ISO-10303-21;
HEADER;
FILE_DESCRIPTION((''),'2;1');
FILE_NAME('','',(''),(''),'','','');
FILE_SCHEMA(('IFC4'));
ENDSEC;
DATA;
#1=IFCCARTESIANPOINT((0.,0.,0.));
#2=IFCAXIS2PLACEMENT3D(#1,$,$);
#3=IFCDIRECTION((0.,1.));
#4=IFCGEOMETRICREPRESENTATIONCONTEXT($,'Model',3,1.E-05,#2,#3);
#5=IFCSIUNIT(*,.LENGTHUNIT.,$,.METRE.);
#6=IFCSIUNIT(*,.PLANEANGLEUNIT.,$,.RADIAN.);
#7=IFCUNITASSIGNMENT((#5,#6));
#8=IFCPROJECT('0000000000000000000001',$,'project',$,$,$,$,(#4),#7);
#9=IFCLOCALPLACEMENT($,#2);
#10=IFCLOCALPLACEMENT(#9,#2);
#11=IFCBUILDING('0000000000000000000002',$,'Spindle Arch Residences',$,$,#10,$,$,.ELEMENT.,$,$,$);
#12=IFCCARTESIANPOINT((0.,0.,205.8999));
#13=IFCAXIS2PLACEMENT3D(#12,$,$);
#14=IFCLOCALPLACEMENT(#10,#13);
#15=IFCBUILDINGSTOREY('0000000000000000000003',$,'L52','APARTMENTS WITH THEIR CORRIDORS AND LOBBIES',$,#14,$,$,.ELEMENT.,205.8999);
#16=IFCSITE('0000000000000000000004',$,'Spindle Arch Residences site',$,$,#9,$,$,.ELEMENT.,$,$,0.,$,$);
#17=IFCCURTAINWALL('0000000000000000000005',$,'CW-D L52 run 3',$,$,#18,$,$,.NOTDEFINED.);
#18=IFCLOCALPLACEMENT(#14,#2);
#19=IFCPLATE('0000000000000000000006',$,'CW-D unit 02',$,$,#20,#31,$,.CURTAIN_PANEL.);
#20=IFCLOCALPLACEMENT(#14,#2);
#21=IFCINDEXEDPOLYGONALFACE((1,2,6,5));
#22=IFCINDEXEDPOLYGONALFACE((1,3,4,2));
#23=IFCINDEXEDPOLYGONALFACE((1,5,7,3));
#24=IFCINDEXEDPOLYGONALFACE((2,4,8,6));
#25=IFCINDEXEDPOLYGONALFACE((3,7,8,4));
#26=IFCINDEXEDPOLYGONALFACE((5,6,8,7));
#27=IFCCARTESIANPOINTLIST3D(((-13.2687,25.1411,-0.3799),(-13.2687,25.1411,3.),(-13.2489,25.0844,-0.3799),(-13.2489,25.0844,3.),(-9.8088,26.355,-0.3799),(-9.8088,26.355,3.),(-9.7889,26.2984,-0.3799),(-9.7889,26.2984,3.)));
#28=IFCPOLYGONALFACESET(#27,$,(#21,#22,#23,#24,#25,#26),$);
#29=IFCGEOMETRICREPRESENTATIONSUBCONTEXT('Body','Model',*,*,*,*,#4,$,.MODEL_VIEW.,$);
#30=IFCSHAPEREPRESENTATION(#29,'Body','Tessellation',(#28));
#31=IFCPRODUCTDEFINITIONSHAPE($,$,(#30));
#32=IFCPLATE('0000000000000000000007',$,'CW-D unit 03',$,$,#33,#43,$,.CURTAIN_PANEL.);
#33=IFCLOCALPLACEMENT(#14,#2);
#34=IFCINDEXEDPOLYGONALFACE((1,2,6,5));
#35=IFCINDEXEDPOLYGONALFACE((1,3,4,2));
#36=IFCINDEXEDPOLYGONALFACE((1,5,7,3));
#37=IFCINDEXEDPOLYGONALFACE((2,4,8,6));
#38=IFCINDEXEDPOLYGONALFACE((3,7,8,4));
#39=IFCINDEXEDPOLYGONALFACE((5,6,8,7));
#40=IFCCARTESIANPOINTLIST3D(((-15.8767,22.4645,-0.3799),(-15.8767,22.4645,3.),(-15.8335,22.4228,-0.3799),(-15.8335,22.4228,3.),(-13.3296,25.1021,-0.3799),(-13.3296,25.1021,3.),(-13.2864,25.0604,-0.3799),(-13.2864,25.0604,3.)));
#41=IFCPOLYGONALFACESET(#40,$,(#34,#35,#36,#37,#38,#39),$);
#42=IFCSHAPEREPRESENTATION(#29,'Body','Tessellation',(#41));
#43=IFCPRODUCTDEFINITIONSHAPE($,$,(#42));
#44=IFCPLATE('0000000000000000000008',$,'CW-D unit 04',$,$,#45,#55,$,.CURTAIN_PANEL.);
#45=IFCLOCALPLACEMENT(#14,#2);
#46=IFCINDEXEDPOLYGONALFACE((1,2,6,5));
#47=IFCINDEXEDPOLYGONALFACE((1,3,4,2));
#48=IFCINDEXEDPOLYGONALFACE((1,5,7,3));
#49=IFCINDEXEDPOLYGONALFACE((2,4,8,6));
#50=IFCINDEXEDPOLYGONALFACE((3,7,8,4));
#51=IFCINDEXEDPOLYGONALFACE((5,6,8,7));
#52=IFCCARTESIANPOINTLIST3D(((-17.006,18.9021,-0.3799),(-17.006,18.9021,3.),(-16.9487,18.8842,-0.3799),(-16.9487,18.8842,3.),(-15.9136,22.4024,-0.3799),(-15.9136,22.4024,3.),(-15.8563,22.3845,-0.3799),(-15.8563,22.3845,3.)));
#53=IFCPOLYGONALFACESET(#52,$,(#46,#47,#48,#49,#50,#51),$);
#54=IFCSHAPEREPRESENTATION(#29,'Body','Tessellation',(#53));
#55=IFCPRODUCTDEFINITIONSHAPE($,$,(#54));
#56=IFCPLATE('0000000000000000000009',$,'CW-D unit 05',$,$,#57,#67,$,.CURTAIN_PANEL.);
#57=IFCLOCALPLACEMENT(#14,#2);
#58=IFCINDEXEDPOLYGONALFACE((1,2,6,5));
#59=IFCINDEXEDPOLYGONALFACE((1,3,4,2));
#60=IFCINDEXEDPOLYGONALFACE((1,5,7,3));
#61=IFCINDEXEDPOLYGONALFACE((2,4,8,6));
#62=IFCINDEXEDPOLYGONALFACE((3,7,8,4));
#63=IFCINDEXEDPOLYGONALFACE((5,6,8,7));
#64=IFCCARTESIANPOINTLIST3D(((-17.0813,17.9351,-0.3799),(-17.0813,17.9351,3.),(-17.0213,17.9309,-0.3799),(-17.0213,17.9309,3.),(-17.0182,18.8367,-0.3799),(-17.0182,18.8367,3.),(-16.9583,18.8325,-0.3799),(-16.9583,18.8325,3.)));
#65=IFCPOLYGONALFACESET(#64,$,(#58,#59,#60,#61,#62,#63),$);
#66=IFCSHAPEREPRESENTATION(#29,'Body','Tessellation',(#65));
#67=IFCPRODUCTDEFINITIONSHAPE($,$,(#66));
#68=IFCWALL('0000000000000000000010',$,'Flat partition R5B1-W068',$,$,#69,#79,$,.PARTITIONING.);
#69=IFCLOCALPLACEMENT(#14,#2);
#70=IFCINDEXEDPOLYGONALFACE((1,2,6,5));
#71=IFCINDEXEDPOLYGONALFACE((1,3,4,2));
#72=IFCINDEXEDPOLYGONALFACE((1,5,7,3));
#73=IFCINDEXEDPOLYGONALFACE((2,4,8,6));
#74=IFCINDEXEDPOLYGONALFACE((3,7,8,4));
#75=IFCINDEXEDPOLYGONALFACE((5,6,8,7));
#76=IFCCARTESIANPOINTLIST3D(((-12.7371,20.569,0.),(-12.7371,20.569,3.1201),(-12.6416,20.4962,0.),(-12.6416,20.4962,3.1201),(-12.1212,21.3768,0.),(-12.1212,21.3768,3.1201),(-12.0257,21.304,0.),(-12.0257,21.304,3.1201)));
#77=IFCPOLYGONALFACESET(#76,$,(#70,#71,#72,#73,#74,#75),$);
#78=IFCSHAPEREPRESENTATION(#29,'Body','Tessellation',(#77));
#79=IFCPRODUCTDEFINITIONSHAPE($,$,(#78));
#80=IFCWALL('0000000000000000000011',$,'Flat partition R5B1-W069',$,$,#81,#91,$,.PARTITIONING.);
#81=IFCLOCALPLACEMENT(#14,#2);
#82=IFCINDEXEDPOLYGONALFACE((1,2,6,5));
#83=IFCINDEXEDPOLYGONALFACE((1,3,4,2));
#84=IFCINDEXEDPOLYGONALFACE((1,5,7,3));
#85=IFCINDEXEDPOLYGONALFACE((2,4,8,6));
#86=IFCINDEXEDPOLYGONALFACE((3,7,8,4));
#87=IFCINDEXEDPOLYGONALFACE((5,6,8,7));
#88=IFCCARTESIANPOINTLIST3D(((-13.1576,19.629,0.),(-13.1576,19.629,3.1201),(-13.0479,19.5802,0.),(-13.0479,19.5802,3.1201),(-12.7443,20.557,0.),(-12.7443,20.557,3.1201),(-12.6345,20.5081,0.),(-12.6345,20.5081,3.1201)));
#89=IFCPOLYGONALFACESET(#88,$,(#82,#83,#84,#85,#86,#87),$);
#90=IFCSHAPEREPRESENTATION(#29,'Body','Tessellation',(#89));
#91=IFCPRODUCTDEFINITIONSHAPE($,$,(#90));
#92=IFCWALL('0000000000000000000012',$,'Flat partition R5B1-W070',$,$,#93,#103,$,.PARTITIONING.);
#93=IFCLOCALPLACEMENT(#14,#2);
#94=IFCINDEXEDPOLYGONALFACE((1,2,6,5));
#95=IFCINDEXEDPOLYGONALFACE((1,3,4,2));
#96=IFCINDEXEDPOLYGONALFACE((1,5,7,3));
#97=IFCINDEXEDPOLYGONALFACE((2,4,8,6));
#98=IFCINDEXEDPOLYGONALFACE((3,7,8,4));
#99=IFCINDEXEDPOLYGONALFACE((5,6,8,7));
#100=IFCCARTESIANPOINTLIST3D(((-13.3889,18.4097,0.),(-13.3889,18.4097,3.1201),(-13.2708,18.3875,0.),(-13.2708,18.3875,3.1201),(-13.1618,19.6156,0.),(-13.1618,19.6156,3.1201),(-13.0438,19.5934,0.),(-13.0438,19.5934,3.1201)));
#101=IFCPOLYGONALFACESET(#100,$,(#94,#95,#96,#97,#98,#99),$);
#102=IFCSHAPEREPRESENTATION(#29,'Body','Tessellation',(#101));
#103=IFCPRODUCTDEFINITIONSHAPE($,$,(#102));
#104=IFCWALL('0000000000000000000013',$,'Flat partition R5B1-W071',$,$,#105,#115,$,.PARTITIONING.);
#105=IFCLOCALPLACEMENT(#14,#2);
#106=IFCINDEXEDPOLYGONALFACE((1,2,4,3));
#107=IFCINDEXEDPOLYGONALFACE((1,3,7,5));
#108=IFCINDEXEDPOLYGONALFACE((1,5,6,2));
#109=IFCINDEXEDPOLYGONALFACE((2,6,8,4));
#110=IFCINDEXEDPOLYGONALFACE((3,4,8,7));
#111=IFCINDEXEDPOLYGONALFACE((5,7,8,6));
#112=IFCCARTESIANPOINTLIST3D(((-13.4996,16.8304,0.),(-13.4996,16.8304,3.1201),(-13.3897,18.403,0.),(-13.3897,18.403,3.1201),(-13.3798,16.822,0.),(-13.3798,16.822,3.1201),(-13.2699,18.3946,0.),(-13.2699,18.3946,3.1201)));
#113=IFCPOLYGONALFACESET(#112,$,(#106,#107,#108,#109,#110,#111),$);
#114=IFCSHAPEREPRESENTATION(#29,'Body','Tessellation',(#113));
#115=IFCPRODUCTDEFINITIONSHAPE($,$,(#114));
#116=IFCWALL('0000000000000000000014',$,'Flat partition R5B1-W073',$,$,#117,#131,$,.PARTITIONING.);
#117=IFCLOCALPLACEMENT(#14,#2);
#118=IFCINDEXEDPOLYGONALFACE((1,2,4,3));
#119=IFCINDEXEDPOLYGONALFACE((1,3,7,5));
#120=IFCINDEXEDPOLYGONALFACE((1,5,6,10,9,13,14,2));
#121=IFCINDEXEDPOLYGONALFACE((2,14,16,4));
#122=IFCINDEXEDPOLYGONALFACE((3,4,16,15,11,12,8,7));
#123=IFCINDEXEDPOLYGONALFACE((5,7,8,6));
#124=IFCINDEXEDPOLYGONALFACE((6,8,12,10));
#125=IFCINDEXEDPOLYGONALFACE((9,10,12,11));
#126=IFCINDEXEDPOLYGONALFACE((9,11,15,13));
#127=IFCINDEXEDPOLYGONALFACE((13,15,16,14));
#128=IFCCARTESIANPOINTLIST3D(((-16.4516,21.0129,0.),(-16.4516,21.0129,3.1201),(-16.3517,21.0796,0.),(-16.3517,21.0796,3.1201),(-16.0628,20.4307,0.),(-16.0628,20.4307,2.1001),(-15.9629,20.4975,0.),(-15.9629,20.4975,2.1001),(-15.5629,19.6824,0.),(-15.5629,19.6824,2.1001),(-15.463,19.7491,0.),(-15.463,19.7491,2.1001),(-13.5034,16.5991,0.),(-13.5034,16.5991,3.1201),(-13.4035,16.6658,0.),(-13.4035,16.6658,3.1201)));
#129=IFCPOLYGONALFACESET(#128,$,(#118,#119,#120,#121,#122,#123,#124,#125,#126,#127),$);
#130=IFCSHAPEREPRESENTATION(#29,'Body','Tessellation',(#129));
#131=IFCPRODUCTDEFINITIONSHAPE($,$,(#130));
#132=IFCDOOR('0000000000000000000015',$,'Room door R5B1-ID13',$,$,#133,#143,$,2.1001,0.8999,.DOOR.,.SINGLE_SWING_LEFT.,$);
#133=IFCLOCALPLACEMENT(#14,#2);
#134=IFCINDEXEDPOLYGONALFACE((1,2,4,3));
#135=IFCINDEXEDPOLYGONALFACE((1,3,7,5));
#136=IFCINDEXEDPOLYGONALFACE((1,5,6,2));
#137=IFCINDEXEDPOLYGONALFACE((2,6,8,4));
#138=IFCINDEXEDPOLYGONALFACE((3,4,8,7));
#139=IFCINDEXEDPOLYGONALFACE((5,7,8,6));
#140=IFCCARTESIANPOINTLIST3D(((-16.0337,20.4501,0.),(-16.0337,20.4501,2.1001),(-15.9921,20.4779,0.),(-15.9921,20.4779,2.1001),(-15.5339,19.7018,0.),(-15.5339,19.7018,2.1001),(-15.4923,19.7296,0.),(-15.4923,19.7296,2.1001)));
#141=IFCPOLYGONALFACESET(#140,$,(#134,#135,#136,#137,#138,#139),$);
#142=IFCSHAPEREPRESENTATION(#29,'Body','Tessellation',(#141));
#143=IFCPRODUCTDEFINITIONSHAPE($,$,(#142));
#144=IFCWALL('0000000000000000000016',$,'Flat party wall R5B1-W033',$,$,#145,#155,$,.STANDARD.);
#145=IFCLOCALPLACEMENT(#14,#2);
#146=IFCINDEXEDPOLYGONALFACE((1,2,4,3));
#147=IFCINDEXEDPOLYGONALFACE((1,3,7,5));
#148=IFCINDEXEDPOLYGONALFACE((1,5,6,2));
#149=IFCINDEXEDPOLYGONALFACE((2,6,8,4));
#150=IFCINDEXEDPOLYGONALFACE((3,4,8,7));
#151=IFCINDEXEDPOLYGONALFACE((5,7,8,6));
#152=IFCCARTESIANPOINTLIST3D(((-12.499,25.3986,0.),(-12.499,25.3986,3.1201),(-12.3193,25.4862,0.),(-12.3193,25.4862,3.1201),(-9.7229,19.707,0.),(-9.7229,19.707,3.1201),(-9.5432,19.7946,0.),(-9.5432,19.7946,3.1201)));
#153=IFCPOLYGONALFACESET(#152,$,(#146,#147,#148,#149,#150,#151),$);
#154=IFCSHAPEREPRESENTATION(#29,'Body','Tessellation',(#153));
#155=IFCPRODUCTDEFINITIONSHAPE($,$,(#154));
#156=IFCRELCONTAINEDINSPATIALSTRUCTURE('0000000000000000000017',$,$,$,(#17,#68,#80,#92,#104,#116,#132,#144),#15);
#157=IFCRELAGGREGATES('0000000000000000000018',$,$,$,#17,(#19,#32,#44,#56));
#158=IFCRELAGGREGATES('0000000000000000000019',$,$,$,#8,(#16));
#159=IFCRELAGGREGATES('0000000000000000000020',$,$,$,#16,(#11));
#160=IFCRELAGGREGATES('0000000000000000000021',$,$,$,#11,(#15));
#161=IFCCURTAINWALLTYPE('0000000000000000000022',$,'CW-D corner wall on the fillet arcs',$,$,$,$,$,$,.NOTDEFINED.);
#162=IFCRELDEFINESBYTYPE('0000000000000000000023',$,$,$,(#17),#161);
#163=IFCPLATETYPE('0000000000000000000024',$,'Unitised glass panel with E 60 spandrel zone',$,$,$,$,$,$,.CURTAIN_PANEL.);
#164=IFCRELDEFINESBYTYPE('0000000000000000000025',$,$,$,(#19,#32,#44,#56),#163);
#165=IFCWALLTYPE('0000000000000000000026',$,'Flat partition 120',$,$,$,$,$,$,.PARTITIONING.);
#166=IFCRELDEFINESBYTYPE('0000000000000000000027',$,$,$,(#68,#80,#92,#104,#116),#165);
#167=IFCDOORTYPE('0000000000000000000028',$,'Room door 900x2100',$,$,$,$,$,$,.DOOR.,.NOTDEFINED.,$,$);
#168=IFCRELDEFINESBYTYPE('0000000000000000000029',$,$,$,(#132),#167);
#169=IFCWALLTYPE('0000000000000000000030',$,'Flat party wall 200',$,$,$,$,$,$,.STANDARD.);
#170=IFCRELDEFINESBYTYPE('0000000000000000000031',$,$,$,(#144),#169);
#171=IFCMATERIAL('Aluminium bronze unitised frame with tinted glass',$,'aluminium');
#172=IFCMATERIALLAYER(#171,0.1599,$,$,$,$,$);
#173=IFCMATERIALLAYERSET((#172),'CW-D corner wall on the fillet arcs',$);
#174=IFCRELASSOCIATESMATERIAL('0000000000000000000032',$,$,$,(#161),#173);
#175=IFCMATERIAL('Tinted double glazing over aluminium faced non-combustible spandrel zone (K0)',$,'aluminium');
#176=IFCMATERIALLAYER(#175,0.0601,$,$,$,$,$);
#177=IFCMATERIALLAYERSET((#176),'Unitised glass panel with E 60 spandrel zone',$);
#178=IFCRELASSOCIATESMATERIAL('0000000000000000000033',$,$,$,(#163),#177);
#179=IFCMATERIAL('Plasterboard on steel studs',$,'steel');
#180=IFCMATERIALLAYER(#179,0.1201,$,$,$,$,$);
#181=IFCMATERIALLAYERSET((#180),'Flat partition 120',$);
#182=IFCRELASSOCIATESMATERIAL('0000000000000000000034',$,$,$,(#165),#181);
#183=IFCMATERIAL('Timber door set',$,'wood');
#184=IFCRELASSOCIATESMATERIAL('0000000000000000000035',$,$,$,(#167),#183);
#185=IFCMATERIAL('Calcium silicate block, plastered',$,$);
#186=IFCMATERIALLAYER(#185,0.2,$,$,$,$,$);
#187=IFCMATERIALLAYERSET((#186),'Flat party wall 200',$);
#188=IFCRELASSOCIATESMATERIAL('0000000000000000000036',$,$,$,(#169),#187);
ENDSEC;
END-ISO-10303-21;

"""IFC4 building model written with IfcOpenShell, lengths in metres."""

from ifc_helpers import new_model, si_unit, direction, frame, frame_2d, origin, origin_2d, place, context, subcontext, project, spatial, rectangle, extrude, material, layer, layer_set, type_object, element, fill, aggregate, save


model = new_model("IFC4")

# Units and contexts
model_context = context("Model", 3, precision=1e-05, world=origin(), true_north=direction((0.0, 1.0)))
body_context = subcontext(model_context, "Body", "Model", "MODEL_VIEW")
ifc_project = project(units=[si_unit("LENGTHUNIT", "METRE"), si_unit("PLANEANGLEUNIT", "RADIAN")], contexts=[model_context])

# Site, building, storey
site_placement = place(None, origin())
site = spatial("IfcSite", under=ifc_project, at=site_placement, Name="Spindle Arch Residences site", CompositionType="ELEMENT", RefElevation=0.0)
building_placement = place(site_placement, origin())
building = spatial("IfcBuilding", under=site, at=building_placement, Name="Spindle Arch Residences", CompositionType="ELEMENT")
storey_placement = place(building_placement, frame((0.0, 0.0, 205.8999)))
storey = spatial("IfcBuildingStorey", under=building, at=storey_placement, Name="L52", Description="APARTMENTS WITH THEIR CORRIDORS AND LOBBIES", CompositionType="ELEMENT", Elevation=205.8999)

# Curtain wall
ifc_material_1 = material(Name="Aluminium bronze unitised frame with tinted glass", Category="aluminium")
ifc_layer_1 = layer(ifc_material_1, 0.1599)
ifc_layer_set_1 = layer_set([ifc_layer_1], Name="CW-D corner wall on the fillet arcs")
curtain_wall_type_1 = type_object("IfcCurtainWallType", Name="CW-D corner wall on the fillet arcs", PredefinedType="NOTDEFINED", material=ifc_layer_set_1)
curtain_wall_1_placement = place(storey_placement, origin())
curtain_wall_1 = element("IfcCurtainWall", 1, at=curtain_wall_1_placement, inside=storey, type_object=curtain_wall_type_1, Name="CW-D L52 run 3", PredefinedType="NOTDEFINED")

# Plates
ifc_material_2 = material(Name="Tinted double glazing over aluminium faced non-combustible spandrel zone (K0)", Category="aluminium")
ifc_layer_2 = layer(ifc_material_2, 0.0601)
ifc_layer_set_2 = layer_set([ifc_layer_2], Name="Unitised glass panel with E 60 spandrel zone")
plate_type = type_object("IfcPlateType", Name="Unitised glass panel with E 60 spandrel zone", PredefinedType="CURTAIN_PANEL", material=ifc_layer_set_2)
plate_1_placement = place(storey_placement, frame((-11.5288, 25.7197, -0.3799), z_axis=(0.0, 0.0, 1.0), x_axis=(-0.943609, -0.331063, 0.0)))
plate_1 = element("IfcPlate", 2, at=plate_1_placement, type_object=plate_type, Name="CW-D unit 02", PredefinedType="CURTAIN_PANEL", context=body_context, shape_type="SweptSolid", body=[
    extrude(rectangle(XDim=3.6667, YDim=0.0601, at=origin_2d()), origin(), (0.0, 0.0, 1.0), 3.3799),
])
plate_2_placement = place(storey_placement, frame((-14.5815, 23.7625, -0.3799), z_axis=(0.0, 0.0, 1.0), x_axis=(-0.694658, -0.71934, 0.0)))
plate_2 = element("IfcPlate", 3, at=plate_2_placement, type_object=plate_type, Name="CW-D unit 03", PredefinedType="CURTAIN_PANEL", context=body_context, shape_type="SweptSolid", body=[
    extrude(rectangle(XDim=3.6667, YDim=0.0601, at=origin_2d()), origin(), (0.0, 0.0, 1.0), 3.3799),
])
plate_3_placement = place(storey_placement, frame((-16.4312, 20.6433, -0.3799), z_axis=(0.0, 0.0, 1.0), x_axis=(-0.29793, -0.954588, 0.0)))
plate_3 = element("IfcPlate", 4, at=plate_3_placement, type_object=plate_type, Name="CW-D unit 04", PredefinedType="CURTAIN_PANEL", context=body_context, shape_type="SweptSolid", body=[
    extrude(rectangle(XDim=3.6667, YDim=0.0601, at=origin_2d()), origin(), (0.0, 0.0, 1.0), 3.3799),
])
plate_4_placement = place(storey_placement, frame((-17.0198, 18.3838, -0.3799), z_axis=(0.0, 0.0, 1.0), x_axis=(-0.069756, -0.997564, 0.0)))
plate_4 = element("IfcPlate", 5, at=plate_4_placement, type_object=plate_type, Name="CW-D unit 05", PredefinedType="CURTAIN_PANEL", context=body_context, shape_type="SweptSolid", body=[
    extrude(rectangle(XDim=0.9038, YDim=0.0601, at=origin_2d()), origin(), (0.0, 0.0, 1.0), 3.3799),
])
aggregate(curtain_wall_1, [plate_1, plate_2, plate_3, plate_4])

# Walls
ifc_material_3 = material(Name="Plasterboard on steel studs", Category="steel")
ifc_layer_3 = layer(ifc_material_3, 0.1201)
ifc_layer_set_3 = layer_set([ifc_layer_3], Name="Flat partition 120")
wall_type_1 = type_object("IfcWallType", Name="Flat partition 120", PredefinedType="PARTITIONING", material=ifc_layer_set_3)
for number, where, z_axis, x_axis, name in (
    (6, (-12.0735, 21.3403, 0.0), (0.0, 0.0, 1.0), (-0.606326, -0.795217, 0.0), "Flat partition R5B1-W068"),
    (7, (-12.6895, 20.5325, 0.0), (0.0, 0.0, 1.0), (-0.406874, -0.913484, 0.0), "Flat partition R5B1-W069"),
):
    element("IfcWall", number, at=place(storey_placement, frame(where, z_axis=z_axis, x_axis=x_axis)), inside=storey, type_object=wall_type_1, Name=name, PredefinedType="PARTITIONING", context=body_context, shape_type="SweptSolid", body=[
        extrude(rectangle(XDim=1.0159, YDim=0.1201, at=frame_2d((0.5078, 0.0))), origin(), (0.0, 0.0, 1.0), 3.1201),
    ])
wall_1_placement = place(storey_placement, frame((-13.1028, 19.6045, 0.0), z_axis=(0.0, 0.0, 1.0), x_axis=(-0.185045, -0.98273, 0.0)))
element("IfcWall", 8, at=wall_1_placement, inside=storey, type_object=wall_type_1, Name="Flat partition R5B1-W070", PredefinedType="PARTITIONING", context=body_context, shape_type="SweptSolid", body=[
    extrude(rectangle(XDim=1.2271, YDim=0.1201, at=frame_2d((0.6135, 0.0))), origin(), (0.0, 0.0, 1.0), 3.1201),
])
wall_2_placement = place(storey_placement, frame((-13.3298, 18.3987, 0.0), z_axis=(0.0, 0.0, 1.0), x_axis=(-0.069695, -0.997568, 0.0)))
element("IfcWall", 9, at=wall_2_placement, inside=storey, type_object=wall_type_1, Name="Flat partition R5B1-W071", PredefinedType="PARTITIONING", context=body_context, shape_type="SweptSolid", body=[
    extrude(rectangle(XDim=1.5764, YDim=0.1201, at=frame_2d((0.7881, 0.0))), origin(), (0.0, 0.0, 1.0), 3.1201),
])

# Wall, opening, door
wall_3_placement = place(storey_placement, frame((-16.4016, 21.0461, 0.0), z_axis=(0.0, 0.0, 1.0), x_axis=(0.555443, -0.831555, 0.0)))
wall_3 = element("IfcWall", 10, at=wall_3_placement, inside=storey, type_object=wall_type_1, Name="Flat partition R5B1-W073", PredefinedType="PARTITIONING", context=body_context, shape_type="SweptSolid", body=[
    extrude(rectangle(XDim=5.3079, YDim=0.1201, at=frame_2d((2.6538, 0.0))), origin(), (0.0, 0.0, 1.0), 3.1201),
])
opening_placement = place(wall_3_placement, frame((0.7, 0.0, 0.0)))
opening = element("IfcOpeningElement", 11, at=opening_placement, cuts=wall_3, PredefinedType="OPENING", context=body_context, shape_type="SweptSolid", body=[
    extrude(rectangle(XDim=0.8999, YDim=2.1001, at=frame_2d((0.45, 1.05))), frame((0.0, 0.0701, 0.0), z_axis=(0.0, -1.0, 0.0), x_axis=(1.0, 0.0, 0.0)), (0.0, 0.0, 1.0), 0.1401),
])
ifc_material_4 = material(Name="Timber door set", Category="wood")
door_type = type_object("IfcDoorType", Name="Room door 900x2100", OperationType="NOTDEFINED", PredefinedType="DOOR", material=ifc_material_4)
door_placement = place(opening_placement, origin())
door = element("IfcDoor", 12, at=door_placement, inside=storey, type_object=door_type, Name="Room door R5B1-ID13", OperationType="SINGLE_SWING_LEFT", OverallHeight=2.1001, OverallWidth=0.8999, PredefinedType="DOOR", context=body_context, shape_type="SweptSolid", body=[
    extrude(rectangle(XDim=0.8999, YDim=2.1001, at=frame_2d((0.45, 1.05))), frame((0.0, 0.0249, 0.0), z_axis=(0.0, -1.0, 0.0), x_axis=(1.0, 0.0, 0.0)), (0.0, 0.0, 1.0), 0.05),
])
fill(opening, door)

# Wall
ifc_material_5 = material(Name="Calcium silicate block, plastered")
ifc_layer_4 = layer(ifc_material_5, 0.2)
ifc_layer_set_4 = layer_set([ifc_layer_4], Name="Flat party wall 200")
wall_type_2 = type_object("IfcWallType", Name="Flat party wall 200", PredefinedType="STANDARD", material=ifc_layer_set_4)
wall_4_placement = place(storey_placement, frame((-12.4092, 25.4424, 0.0), z_axis=(0.0, 0.0, 1.0), x_axis=(0.438386, -0.898787, 0.0)))
element("IfcWall", 13, at=wall_4_placement, inside=storey, type_object=wall_type_2, Name="Flat party wall R5B1-W033", PredefinedType="STANDARD", context=body_context, shape_type="SweptSolid", body=[
    extrude(rectangle(XDim=6.3325, YDim=0.2, at=frame_2d((3.1663, 0.0))), origin(), (0.0, 0.0, 1.0), 3.1201),
])

save(model, "model.ifc")
